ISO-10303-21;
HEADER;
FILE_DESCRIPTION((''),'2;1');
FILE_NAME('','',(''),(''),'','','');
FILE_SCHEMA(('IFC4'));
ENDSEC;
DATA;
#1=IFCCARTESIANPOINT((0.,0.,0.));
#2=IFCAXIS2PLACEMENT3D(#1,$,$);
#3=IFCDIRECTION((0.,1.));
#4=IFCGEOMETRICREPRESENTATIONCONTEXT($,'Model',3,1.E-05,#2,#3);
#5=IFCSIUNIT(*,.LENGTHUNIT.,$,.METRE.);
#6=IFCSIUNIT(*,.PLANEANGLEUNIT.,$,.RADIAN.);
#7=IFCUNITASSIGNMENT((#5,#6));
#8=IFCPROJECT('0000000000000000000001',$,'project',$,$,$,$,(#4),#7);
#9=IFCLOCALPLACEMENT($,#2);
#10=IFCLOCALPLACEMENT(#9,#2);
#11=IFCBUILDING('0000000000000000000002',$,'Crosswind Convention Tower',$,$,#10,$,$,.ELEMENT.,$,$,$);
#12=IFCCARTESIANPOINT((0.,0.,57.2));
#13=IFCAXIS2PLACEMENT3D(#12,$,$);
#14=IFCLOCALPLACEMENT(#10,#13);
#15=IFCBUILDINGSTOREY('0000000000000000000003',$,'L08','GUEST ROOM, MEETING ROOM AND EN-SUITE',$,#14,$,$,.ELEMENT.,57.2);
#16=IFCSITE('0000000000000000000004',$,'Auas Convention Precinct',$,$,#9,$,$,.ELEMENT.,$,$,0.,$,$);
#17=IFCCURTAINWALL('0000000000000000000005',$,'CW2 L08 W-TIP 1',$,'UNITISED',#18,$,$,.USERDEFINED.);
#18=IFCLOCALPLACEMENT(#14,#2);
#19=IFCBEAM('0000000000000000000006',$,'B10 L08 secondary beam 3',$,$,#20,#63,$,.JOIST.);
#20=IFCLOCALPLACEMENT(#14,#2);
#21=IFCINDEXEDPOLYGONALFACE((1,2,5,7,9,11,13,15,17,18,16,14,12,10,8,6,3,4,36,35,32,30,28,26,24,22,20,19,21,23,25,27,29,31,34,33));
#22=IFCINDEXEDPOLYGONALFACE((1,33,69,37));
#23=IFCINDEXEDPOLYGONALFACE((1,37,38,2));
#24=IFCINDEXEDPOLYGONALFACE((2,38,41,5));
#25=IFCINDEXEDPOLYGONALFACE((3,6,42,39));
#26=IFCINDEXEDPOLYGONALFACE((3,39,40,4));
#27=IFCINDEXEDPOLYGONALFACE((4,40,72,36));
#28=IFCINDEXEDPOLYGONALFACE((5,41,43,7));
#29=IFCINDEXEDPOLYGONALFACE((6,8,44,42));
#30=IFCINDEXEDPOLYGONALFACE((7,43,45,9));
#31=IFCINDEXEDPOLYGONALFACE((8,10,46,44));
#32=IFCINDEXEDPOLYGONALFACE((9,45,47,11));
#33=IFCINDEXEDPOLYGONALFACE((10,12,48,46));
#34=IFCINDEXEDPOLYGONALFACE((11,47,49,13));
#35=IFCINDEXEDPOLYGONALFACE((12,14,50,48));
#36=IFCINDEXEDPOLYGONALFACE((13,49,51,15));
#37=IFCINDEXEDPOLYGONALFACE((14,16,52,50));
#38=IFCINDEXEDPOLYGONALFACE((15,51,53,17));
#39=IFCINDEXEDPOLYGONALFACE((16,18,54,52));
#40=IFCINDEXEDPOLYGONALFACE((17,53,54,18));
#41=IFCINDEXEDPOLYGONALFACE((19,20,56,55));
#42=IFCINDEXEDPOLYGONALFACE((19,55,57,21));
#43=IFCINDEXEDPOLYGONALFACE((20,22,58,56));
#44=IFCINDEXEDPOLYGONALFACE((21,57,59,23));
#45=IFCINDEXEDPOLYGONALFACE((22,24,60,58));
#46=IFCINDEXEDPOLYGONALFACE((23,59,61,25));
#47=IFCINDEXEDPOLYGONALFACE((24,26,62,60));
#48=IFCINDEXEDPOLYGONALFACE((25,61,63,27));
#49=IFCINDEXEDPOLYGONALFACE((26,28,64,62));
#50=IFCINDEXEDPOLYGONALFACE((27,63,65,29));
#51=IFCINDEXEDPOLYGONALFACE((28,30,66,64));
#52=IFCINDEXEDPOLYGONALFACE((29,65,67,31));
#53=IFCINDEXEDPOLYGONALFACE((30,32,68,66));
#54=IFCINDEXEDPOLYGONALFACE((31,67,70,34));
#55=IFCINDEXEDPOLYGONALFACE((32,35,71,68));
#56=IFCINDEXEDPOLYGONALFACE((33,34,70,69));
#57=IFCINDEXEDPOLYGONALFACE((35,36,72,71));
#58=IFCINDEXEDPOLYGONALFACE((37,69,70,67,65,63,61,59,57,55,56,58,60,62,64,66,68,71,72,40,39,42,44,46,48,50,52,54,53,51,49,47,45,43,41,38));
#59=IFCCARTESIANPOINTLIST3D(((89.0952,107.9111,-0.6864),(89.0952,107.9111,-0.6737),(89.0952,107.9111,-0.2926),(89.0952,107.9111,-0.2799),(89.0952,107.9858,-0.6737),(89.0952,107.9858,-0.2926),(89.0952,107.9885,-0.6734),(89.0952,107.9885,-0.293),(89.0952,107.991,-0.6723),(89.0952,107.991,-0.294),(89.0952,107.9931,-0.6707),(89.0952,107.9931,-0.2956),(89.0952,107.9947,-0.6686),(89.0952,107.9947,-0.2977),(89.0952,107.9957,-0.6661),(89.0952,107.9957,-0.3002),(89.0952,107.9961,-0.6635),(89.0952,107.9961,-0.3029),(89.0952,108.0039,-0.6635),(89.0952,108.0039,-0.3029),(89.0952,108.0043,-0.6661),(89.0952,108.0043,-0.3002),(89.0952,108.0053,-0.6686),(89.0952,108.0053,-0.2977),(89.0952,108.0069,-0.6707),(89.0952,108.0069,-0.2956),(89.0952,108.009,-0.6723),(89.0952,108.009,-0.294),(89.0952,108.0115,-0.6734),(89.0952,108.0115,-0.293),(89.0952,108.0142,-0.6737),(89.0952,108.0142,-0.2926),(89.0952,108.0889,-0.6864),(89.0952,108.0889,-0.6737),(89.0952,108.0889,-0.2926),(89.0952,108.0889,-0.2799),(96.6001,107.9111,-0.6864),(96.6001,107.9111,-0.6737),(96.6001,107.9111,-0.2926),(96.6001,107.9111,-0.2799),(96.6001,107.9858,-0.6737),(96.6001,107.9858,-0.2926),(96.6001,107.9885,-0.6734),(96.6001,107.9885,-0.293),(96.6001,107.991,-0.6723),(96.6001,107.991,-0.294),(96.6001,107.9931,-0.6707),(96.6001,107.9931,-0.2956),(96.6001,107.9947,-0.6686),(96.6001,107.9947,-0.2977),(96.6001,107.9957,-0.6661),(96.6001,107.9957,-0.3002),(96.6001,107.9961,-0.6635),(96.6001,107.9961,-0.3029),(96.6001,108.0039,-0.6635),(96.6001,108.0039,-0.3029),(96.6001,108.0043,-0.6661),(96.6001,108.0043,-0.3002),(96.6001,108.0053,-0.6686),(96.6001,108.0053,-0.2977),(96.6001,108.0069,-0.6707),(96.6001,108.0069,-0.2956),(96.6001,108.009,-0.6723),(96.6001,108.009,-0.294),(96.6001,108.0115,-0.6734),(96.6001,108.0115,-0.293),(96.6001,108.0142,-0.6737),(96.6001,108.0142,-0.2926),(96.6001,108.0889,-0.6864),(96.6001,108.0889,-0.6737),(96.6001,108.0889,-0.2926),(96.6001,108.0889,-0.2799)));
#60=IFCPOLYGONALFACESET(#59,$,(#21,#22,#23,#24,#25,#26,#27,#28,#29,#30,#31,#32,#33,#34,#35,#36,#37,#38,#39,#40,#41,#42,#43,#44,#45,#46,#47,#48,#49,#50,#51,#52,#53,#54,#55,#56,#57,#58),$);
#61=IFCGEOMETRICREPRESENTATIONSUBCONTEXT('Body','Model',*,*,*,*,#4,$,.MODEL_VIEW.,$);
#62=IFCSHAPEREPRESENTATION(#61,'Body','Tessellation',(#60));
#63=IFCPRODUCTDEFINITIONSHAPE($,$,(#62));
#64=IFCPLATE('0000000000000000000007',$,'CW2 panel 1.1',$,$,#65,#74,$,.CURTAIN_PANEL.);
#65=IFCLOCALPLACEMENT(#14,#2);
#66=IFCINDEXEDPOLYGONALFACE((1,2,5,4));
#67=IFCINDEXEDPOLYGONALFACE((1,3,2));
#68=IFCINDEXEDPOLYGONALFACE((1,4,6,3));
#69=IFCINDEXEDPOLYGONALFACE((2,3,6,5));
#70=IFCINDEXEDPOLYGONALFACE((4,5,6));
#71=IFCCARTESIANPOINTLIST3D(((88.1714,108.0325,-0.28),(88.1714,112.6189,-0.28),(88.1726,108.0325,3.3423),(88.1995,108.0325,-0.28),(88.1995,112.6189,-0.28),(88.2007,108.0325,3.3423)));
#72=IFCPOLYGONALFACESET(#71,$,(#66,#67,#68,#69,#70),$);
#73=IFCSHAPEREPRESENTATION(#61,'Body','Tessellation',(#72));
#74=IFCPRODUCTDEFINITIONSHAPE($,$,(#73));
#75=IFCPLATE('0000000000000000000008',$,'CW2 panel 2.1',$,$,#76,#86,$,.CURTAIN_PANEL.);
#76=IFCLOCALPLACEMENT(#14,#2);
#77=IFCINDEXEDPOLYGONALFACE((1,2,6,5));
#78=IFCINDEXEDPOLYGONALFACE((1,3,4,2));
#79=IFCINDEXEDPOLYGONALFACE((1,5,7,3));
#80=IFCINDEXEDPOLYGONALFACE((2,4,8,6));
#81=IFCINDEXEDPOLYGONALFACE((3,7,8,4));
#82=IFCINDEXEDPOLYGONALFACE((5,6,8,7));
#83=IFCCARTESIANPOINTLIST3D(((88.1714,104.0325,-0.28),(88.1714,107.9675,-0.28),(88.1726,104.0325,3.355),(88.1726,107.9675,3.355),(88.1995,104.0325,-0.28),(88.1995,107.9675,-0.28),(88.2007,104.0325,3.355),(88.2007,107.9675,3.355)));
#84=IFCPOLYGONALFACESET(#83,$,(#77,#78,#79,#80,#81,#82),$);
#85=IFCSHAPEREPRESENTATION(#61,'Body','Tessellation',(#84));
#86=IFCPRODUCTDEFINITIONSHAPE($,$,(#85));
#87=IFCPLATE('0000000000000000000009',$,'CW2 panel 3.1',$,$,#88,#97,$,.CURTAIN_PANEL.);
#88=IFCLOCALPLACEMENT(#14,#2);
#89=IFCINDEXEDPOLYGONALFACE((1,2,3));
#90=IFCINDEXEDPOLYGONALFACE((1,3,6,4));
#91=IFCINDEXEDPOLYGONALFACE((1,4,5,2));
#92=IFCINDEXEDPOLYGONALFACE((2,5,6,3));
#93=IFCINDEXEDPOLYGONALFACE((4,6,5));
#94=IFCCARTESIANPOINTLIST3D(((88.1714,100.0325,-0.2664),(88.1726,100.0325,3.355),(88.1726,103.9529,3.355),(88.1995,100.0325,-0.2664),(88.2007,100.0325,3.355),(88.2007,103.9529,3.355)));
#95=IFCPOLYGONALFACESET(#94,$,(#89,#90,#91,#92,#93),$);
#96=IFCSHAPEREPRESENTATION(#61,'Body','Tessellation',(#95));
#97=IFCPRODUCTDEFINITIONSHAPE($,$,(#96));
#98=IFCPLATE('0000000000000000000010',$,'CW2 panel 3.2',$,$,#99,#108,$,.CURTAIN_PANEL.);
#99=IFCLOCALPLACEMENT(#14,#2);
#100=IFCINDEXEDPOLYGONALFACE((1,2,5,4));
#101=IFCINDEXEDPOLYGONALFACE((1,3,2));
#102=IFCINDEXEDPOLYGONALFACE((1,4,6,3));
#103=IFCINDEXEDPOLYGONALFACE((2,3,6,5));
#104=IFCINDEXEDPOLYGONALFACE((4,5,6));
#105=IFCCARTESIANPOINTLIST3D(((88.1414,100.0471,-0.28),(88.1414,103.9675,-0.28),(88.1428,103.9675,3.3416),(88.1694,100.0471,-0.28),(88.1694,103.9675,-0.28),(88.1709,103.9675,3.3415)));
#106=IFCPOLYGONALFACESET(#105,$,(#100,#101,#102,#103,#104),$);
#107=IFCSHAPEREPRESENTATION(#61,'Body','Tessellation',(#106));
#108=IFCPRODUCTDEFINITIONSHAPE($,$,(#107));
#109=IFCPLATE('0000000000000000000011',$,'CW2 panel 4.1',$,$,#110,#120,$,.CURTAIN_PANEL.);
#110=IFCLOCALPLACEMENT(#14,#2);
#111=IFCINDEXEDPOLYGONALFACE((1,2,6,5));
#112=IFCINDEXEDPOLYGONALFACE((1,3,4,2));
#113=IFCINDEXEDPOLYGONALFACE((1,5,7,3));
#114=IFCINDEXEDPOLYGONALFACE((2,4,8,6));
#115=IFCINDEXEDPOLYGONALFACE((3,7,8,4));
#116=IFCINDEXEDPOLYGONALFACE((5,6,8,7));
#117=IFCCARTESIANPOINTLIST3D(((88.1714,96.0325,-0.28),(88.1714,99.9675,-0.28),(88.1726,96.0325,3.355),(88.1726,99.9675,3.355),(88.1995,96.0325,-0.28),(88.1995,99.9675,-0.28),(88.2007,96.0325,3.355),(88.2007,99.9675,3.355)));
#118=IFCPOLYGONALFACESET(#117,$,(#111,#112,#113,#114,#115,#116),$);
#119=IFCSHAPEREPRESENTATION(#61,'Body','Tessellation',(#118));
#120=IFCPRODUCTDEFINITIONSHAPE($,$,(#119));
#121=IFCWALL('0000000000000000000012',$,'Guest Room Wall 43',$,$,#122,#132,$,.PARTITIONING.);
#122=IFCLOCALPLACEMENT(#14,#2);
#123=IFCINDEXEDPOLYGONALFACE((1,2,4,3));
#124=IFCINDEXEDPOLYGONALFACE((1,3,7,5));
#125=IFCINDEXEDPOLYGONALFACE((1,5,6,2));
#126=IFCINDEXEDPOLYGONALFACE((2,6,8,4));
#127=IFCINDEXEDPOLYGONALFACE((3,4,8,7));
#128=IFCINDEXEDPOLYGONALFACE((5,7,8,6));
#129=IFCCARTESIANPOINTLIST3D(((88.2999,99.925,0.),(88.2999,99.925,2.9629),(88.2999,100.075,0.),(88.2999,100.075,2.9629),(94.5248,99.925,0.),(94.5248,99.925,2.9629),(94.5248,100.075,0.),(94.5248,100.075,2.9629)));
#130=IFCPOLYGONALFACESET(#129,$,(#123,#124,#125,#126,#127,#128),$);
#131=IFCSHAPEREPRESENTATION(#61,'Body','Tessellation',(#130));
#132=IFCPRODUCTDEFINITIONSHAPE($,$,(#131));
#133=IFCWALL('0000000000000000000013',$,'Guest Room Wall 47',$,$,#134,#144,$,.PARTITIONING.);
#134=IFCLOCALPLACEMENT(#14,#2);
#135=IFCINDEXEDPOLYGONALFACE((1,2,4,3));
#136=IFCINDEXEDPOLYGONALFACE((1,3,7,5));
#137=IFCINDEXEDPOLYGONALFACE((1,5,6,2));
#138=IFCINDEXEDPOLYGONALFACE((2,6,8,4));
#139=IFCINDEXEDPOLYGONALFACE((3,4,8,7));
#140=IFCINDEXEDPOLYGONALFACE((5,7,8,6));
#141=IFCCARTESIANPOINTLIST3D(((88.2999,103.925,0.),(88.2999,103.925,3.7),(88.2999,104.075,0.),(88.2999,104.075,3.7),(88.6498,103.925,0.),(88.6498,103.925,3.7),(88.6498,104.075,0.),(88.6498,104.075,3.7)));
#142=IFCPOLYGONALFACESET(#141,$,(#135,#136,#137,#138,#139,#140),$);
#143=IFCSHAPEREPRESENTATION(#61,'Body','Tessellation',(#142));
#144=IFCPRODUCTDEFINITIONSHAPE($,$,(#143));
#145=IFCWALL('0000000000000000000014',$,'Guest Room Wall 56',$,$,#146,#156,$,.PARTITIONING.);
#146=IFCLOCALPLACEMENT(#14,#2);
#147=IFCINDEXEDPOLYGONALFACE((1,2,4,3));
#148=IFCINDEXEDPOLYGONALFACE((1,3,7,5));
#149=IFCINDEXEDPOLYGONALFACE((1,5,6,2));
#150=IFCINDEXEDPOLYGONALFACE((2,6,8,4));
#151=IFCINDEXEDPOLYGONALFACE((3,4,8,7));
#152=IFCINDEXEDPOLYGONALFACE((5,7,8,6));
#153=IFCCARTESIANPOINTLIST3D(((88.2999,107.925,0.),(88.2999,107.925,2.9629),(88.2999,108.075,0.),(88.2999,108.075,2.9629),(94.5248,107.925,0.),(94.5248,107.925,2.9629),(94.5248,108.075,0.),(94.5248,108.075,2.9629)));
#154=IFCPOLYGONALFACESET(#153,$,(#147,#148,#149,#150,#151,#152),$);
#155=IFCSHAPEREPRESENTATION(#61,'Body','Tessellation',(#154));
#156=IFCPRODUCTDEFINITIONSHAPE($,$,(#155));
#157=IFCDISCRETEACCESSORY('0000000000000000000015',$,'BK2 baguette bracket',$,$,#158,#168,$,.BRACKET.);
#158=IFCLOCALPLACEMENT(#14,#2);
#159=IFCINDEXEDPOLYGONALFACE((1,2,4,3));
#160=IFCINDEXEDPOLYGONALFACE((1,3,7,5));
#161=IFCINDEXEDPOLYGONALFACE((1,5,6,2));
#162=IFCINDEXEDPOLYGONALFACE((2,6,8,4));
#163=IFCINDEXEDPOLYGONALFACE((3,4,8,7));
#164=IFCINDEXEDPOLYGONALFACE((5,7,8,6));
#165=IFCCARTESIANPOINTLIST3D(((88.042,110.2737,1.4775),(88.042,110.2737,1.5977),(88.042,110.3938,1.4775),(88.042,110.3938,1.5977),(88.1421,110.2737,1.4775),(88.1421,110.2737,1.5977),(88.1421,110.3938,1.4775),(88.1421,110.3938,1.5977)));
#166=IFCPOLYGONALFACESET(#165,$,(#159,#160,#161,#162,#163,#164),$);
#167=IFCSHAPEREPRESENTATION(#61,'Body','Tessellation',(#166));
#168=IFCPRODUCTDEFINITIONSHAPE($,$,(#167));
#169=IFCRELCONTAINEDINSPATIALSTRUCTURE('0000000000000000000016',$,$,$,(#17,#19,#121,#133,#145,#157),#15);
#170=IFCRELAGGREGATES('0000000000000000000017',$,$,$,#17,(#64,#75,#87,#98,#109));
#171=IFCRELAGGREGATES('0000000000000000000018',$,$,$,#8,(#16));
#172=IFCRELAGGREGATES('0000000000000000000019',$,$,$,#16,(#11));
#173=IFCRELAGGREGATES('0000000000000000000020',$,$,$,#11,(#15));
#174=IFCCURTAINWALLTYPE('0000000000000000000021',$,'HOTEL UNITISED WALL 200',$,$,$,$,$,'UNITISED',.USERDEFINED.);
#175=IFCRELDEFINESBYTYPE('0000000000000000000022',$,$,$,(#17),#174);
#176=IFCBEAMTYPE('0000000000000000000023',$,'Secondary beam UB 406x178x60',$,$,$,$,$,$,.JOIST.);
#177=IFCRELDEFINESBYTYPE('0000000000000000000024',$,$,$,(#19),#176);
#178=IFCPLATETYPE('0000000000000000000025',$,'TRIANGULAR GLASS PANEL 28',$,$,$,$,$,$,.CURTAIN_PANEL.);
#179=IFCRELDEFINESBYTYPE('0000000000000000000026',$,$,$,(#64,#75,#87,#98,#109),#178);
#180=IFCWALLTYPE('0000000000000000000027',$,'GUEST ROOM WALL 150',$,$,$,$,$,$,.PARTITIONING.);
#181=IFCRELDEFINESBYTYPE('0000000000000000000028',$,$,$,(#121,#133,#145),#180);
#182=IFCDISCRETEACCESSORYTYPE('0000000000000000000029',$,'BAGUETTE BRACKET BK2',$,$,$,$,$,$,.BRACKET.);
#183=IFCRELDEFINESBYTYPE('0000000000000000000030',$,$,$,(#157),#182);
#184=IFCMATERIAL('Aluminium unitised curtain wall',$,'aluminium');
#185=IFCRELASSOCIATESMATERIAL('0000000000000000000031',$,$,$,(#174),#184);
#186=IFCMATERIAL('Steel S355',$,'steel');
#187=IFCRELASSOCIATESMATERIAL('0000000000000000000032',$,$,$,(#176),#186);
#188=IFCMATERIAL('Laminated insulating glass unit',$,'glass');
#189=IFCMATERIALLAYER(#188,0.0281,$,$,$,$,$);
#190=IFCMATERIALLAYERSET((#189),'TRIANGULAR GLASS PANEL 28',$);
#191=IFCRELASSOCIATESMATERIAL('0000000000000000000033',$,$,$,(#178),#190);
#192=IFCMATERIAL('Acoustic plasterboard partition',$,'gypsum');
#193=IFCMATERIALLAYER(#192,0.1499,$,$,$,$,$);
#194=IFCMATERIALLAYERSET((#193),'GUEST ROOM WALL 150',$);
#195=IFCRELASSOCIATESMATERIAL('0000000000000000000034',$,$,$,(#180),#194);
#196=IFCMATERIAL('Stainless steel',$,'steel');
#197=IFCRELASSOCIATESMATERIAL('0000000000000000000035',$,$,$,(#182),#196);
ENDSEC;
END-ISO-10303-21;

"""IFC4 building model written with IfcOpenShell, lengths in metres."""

from ifc_helpers import new_model, si_unit, direction, frame, frame_2d, origin, origin_2d, place, context, subcontext, project, spatial, polyline, rectangle, i_section, outline, extrude, material, layer, layer_set, material_profile, profile_set, type_object, element, aggregate, save


model = new_model("IFC4")

# Units and contexts
model_context = context("Model", 3, precision=1e-05, world=origin(), true_north=direction((0.0, 1.0)))
body_context = subcontext(model_context, "Body", "Model", "MODEL_VIEW")
ifc_project = project(units=[si_unit("LENGTHUNIT", "METRE"), si_unit("PLANEANGLEUNIT", "RADIAN")], contexts=[model_context])

# Site, building, storey
site_placement = place(None, origin())
site = spatial("IfcSite", under=ifc_project, at=site_placement, Name="Auas Convention Precinct", CompositionType="ELEMENT", RefElevation=0.0)
building_placement = place(site_placement, origin())
building = spatial("IfcBuilding", under=site, at=building_placement, Name="Crosswind Convention Tower", CompositionType="ELEMENT")
storey_placement = place(building_placement, frame((0.0, 0.0, 57.2)))
storey = spatial("IfcBuildingStorey", under=building, at=storey_placement, Name="L08", Description="GUEST ROOM, MEETING ROOM AND EN-SUITE", CompositionType="ELEMENT", Elevation=57.2)

# Shared definitions
ifc_material_1 = material(Name="Steel S355", Category="steel")

# Curtain wall
ifc_material_2 = material(Name="Aluminium unitised curtain wall", Category="aluminium")
curtain_wall_type = type_object("IfcCurtainWallType", Name="HOTEL UNITISED WALL 200", ElementType="UNITISED", PredefinedType="USERDEFINED", material=ifc_material_2)
curtain_wall_placement = place(storey_placement, origin())
curtain_wall = element("IfcCurtainWall", 1, at=curtain_wall_placement, inside=storey, type_object=curtain_wall_type, Name="CW2 L08 W-TIP 1", ObjectType="UNITISED", PredefinedType="USERDEFINED")

# Beam
ifc_material_profile_1 = material_profile(ifc_material_1, i_section(OverallWidth=0.1777, OverallDepth=0.4065, WebThickness=0.0078, FlangeThickness=0.0127, FilletRadius=0.0103, at=origin_2d()), Name="UB 406x178x60")
ifc_profile_set_1 = profile_set([ifc_material_profile_1], Name="Steel S355")
beam_type_1 = type_object("IfcBeamType", Name="Secondary beam UB 406x178x60", PredefinedType="JOIST", material=ifc_profile_set_1)
for number, where, z_axis, x_axis, name in (
    (2, (89.0952, 108.0, -0.4832), (1.0, 0.0, 0.0), (0.0, 1.0, 0.0), "B10 L08 secondary beam 3"),
):
    element("IfcBeam", number, at=place(storey_placement, frame(where, z_axis=z_axis, x_axis=x_axis)), inside=storey, type_object=beam_type_1, Name=name, PredefinedType="JOIST", context=body_context, shape_type="SweptSolid", body=[
        extrude(i_section(OverallWidth=0.1777, OverallDepth=0.4065, WebThickness=0.0078, FlangeThickness=0.0127, FilletRadius=0.0103, at=origin_2d()), origin(), (0.0, 0.0, 1.0), 7.5049),
    ])

# Plates
ifc_material_3 = material(Name="Laminated insulating glass unit", Category="glass")
ifc_layer_1 = layer(ifc_material_3, 0.0281)
ifc_layer_set_1 = layer_set([ifc_layer_1], Name="TRIANGULAR GLASS PANEL 28")
plate_type = type_object("IfcPlateType", Name="TRIANGULAR GLASS PANEL 28", PredefinedType="CURTAIN_PANEL", material=ifc_layer_set_1)
plate_1_placement = place(storey_placement, frame((88.1714, 108.0325, -0.28), z_axis=(-1.0, 0.0, 0.000337), x_axis=(0.000337, 0.0, 1.0)))
plate_1 = element("IfcPlate", 3, at=plate_1_placement, type_object=plate_type, Name="CW2 panel 1.1", PredefinedType="CURTAIN_PANEL", context=body_context, shape_type="SweptSolid", body=[
    extrude(outline(polyline([(0.0, 0.0), (3.6223, 0.0), (0.0, 4.5864), (0.0, 0.0)])), origin(), (0.0, 0.0, -1.0), 0.0281),
])
plate_2_placement = place(storey_placement, frame((88.1714, 107.9675, -0.28), z_axis=(-1.0, 0.0, 0.000336), x_axis=(0.0, -1.0, 0.0)))
plate_2 = element("IfcPlate", 4, at=plate_2_placement, type_object=plate_type, Name="CW2 panel 2.1", PredefinedType="CURTAIN_PANEL", context=body_context, shape_type="SweptSolid", body=[
    extrude(outline(polyline([(0.0, 0.0), (3.9351, 0.0), (3.9351, 3.635), (0.0, 3.635), (0.0, 0.0)])), origin(), (0.0, 0.0, -1.0), 0.0281),
])
plate_3_placement = place(storey_placement, frame((88.1726, 100.0325, 3.355), z_axis=(-1.0, 0.0, 0.000337), x_axis=(0.0, 1.0, 0.0)))
plate_3 = element("IfcPlate", 5, at=plate_3_placement, type_object=plate_type, Name="CW2 panel 3.1", PredefinedType="CURTAIN_PANEL", context=body_context, shape_type="SweptSolid", body=[
    extrude(outline(polyline([(0.0, 0.0), (3.9204, 0.0), (0.0, 3.6213), (0.0, 0.0)])), origin(), (0.0, 0.0, -1.0), 0.0281),
])
plate_4_placement = place(storey_placement, frame((88.1414, 103.9675, -0.28), z_axis=(-1.0, 0.0, 0.000404), x_axis=(0.0, -1.0, 0.0)))
plate_4 = element("IfcPlate", 6, at=plate_4_placement, type_object=plate_type, Name="CW2 panel 3.2", PredefinedType="CURTAIN_PANEL", context=body_context, shape_type="SweptSolid", body=[
    extrude(outline(polyline([(0.0, 0.0), (3.9204, 0.0), (0.0, 3.6216), (0.0, 0.0)])), origin(), (0.0, 0.0, -1.0), 0.0281),
])
plate_5_placement = place(storey_placement, frame((88.1714, 99.9675, -0.28), z_axis=(-1.0, 0.0, 0.000336), x_axis=(0.0, -1.0, 0.0)))
plate_5 = element("IfcPlate", 7, at=plate_5_placement, type_object=plate_type, Name="CW2 panel 4.1", PredefinedType="CURTAIN_PANEL", context=body_context, shape_type="SweptSolid", body=[
    extrude(outline(polyline([(0.0, 0.0), (3.9351, 0.0), (3.9351, 3.635), (0.0, 3.635), (0.0, 0.0)])), origin(), (0.0, 0.0, -1.0), 0.0281),
])
aggregate(curtain_wall, [plate_1, plate_2, plate_3, plate_4, plate_5])

# Walls
ifc_material_4 = material(Name="Acoustic plasterboard partition", Category="gypsum")
ifc_layer_2 = layer(ifc_material_4, 0.1499)
ifc_layer_set_2 = layer_set([ifc_layer_2], Name="GUEST ROOM WALL 150")
wall_type = type_object("IfcWallType", Name="GUEST ROOM WALL 150", PredefinedType="PARTITIONING", material=ifc_layer_set_2)
wall_1_placement = place(storey_placement, frame((88.3, 100.0, 0.0), z_axis=(0.0, 0.0, 1.0), x_axis=(1.0, 0.0, 0.0)))
element("IfcWall", 8, at=wall_1_placement, inside=storey, type_object=wall_type, Name="Guest Room Wall 43", PredefinedType="PARTITIONING", context=body_context, shape_type="SweptSolid", body=[
    extrude(rectangle(XDim=6.2249, YDim=0.1499, at=frame_2d((3.1123, 0.0))), origin(), (0.0, 0.0, 1.0), 2.9629),
])
wall_2_placement = place(storey_placement, frame((88.3, 104.0, 0.0), z_axis=(0.0, 0.0, 1.0), x_axis=(1.0, 0.0, 0.0)))
element("IfcWall", 9, at=wall_2_placement, inside=storey, type_object=wall_type, Name="Guest Room Wall 47", PredefinedType="PARTITIONING", context=body_context, shape_type="SweptSolid", body=[
    extrude(rectangle(XDim=0.3499, YDim=0.1499, at=frame_2d((0.1748, 0.0))), origin(), (0.0, 0.0, 1.0), 3.7),
])
wall_3_placement = place(storey_placement, frame((88.3, 108.0, 0.0), z_axis=(0.0, 0.0, 1.0), x_axis=(1.0, 0.0, 0.0)))
element("IfcWall", 10, at=wall_3_placement, inside=storey, type_object=wall_type, Name="Guest Room Wall 56", PredefinedType="PARTITIONING", context=body_context, shape_type="SweptSolid", body=[
    extrude(rectangle(XDim=6.2249, YDim=0.1499, at=frame_2d((3.1123, 0.0))), origin(), (0.0, 0.0, 1.0), 2.9629),
])

# Discrete accessory
ifc_material_5 = material(Name="Stainless steel", Category="steel")
discrete_accessory_type = type_object("IfcDiscreteAccessoryType", Name="BAGUETTE BRACKET BK2", PredefinedType="BRACKET", material=ifc_material_5)
discrete_accessory_placement = place(storey_placement, frame((88.092, 110.3337, 1.4775), z_axis=(0.0, 0.0, 1.0), x_axis=(0.0, -1.0, 0.0)))
element("IfcDiscreteAccessory", 11, at=discrete_accessory_placement, inside=storey, type_object=discrete_accessory_type, Name="BK2 baguette bracket", PredefinedType="BRACKET", context=body_context, shape_type="SweptSolid", body=[
    extrude(rectangle(XDim=0.1201, YDim=0.1001, at=origin_2d()), origin(), (0.0, 0.0, 1.0), 0.1201),
])

save(model, "model.ifc")
